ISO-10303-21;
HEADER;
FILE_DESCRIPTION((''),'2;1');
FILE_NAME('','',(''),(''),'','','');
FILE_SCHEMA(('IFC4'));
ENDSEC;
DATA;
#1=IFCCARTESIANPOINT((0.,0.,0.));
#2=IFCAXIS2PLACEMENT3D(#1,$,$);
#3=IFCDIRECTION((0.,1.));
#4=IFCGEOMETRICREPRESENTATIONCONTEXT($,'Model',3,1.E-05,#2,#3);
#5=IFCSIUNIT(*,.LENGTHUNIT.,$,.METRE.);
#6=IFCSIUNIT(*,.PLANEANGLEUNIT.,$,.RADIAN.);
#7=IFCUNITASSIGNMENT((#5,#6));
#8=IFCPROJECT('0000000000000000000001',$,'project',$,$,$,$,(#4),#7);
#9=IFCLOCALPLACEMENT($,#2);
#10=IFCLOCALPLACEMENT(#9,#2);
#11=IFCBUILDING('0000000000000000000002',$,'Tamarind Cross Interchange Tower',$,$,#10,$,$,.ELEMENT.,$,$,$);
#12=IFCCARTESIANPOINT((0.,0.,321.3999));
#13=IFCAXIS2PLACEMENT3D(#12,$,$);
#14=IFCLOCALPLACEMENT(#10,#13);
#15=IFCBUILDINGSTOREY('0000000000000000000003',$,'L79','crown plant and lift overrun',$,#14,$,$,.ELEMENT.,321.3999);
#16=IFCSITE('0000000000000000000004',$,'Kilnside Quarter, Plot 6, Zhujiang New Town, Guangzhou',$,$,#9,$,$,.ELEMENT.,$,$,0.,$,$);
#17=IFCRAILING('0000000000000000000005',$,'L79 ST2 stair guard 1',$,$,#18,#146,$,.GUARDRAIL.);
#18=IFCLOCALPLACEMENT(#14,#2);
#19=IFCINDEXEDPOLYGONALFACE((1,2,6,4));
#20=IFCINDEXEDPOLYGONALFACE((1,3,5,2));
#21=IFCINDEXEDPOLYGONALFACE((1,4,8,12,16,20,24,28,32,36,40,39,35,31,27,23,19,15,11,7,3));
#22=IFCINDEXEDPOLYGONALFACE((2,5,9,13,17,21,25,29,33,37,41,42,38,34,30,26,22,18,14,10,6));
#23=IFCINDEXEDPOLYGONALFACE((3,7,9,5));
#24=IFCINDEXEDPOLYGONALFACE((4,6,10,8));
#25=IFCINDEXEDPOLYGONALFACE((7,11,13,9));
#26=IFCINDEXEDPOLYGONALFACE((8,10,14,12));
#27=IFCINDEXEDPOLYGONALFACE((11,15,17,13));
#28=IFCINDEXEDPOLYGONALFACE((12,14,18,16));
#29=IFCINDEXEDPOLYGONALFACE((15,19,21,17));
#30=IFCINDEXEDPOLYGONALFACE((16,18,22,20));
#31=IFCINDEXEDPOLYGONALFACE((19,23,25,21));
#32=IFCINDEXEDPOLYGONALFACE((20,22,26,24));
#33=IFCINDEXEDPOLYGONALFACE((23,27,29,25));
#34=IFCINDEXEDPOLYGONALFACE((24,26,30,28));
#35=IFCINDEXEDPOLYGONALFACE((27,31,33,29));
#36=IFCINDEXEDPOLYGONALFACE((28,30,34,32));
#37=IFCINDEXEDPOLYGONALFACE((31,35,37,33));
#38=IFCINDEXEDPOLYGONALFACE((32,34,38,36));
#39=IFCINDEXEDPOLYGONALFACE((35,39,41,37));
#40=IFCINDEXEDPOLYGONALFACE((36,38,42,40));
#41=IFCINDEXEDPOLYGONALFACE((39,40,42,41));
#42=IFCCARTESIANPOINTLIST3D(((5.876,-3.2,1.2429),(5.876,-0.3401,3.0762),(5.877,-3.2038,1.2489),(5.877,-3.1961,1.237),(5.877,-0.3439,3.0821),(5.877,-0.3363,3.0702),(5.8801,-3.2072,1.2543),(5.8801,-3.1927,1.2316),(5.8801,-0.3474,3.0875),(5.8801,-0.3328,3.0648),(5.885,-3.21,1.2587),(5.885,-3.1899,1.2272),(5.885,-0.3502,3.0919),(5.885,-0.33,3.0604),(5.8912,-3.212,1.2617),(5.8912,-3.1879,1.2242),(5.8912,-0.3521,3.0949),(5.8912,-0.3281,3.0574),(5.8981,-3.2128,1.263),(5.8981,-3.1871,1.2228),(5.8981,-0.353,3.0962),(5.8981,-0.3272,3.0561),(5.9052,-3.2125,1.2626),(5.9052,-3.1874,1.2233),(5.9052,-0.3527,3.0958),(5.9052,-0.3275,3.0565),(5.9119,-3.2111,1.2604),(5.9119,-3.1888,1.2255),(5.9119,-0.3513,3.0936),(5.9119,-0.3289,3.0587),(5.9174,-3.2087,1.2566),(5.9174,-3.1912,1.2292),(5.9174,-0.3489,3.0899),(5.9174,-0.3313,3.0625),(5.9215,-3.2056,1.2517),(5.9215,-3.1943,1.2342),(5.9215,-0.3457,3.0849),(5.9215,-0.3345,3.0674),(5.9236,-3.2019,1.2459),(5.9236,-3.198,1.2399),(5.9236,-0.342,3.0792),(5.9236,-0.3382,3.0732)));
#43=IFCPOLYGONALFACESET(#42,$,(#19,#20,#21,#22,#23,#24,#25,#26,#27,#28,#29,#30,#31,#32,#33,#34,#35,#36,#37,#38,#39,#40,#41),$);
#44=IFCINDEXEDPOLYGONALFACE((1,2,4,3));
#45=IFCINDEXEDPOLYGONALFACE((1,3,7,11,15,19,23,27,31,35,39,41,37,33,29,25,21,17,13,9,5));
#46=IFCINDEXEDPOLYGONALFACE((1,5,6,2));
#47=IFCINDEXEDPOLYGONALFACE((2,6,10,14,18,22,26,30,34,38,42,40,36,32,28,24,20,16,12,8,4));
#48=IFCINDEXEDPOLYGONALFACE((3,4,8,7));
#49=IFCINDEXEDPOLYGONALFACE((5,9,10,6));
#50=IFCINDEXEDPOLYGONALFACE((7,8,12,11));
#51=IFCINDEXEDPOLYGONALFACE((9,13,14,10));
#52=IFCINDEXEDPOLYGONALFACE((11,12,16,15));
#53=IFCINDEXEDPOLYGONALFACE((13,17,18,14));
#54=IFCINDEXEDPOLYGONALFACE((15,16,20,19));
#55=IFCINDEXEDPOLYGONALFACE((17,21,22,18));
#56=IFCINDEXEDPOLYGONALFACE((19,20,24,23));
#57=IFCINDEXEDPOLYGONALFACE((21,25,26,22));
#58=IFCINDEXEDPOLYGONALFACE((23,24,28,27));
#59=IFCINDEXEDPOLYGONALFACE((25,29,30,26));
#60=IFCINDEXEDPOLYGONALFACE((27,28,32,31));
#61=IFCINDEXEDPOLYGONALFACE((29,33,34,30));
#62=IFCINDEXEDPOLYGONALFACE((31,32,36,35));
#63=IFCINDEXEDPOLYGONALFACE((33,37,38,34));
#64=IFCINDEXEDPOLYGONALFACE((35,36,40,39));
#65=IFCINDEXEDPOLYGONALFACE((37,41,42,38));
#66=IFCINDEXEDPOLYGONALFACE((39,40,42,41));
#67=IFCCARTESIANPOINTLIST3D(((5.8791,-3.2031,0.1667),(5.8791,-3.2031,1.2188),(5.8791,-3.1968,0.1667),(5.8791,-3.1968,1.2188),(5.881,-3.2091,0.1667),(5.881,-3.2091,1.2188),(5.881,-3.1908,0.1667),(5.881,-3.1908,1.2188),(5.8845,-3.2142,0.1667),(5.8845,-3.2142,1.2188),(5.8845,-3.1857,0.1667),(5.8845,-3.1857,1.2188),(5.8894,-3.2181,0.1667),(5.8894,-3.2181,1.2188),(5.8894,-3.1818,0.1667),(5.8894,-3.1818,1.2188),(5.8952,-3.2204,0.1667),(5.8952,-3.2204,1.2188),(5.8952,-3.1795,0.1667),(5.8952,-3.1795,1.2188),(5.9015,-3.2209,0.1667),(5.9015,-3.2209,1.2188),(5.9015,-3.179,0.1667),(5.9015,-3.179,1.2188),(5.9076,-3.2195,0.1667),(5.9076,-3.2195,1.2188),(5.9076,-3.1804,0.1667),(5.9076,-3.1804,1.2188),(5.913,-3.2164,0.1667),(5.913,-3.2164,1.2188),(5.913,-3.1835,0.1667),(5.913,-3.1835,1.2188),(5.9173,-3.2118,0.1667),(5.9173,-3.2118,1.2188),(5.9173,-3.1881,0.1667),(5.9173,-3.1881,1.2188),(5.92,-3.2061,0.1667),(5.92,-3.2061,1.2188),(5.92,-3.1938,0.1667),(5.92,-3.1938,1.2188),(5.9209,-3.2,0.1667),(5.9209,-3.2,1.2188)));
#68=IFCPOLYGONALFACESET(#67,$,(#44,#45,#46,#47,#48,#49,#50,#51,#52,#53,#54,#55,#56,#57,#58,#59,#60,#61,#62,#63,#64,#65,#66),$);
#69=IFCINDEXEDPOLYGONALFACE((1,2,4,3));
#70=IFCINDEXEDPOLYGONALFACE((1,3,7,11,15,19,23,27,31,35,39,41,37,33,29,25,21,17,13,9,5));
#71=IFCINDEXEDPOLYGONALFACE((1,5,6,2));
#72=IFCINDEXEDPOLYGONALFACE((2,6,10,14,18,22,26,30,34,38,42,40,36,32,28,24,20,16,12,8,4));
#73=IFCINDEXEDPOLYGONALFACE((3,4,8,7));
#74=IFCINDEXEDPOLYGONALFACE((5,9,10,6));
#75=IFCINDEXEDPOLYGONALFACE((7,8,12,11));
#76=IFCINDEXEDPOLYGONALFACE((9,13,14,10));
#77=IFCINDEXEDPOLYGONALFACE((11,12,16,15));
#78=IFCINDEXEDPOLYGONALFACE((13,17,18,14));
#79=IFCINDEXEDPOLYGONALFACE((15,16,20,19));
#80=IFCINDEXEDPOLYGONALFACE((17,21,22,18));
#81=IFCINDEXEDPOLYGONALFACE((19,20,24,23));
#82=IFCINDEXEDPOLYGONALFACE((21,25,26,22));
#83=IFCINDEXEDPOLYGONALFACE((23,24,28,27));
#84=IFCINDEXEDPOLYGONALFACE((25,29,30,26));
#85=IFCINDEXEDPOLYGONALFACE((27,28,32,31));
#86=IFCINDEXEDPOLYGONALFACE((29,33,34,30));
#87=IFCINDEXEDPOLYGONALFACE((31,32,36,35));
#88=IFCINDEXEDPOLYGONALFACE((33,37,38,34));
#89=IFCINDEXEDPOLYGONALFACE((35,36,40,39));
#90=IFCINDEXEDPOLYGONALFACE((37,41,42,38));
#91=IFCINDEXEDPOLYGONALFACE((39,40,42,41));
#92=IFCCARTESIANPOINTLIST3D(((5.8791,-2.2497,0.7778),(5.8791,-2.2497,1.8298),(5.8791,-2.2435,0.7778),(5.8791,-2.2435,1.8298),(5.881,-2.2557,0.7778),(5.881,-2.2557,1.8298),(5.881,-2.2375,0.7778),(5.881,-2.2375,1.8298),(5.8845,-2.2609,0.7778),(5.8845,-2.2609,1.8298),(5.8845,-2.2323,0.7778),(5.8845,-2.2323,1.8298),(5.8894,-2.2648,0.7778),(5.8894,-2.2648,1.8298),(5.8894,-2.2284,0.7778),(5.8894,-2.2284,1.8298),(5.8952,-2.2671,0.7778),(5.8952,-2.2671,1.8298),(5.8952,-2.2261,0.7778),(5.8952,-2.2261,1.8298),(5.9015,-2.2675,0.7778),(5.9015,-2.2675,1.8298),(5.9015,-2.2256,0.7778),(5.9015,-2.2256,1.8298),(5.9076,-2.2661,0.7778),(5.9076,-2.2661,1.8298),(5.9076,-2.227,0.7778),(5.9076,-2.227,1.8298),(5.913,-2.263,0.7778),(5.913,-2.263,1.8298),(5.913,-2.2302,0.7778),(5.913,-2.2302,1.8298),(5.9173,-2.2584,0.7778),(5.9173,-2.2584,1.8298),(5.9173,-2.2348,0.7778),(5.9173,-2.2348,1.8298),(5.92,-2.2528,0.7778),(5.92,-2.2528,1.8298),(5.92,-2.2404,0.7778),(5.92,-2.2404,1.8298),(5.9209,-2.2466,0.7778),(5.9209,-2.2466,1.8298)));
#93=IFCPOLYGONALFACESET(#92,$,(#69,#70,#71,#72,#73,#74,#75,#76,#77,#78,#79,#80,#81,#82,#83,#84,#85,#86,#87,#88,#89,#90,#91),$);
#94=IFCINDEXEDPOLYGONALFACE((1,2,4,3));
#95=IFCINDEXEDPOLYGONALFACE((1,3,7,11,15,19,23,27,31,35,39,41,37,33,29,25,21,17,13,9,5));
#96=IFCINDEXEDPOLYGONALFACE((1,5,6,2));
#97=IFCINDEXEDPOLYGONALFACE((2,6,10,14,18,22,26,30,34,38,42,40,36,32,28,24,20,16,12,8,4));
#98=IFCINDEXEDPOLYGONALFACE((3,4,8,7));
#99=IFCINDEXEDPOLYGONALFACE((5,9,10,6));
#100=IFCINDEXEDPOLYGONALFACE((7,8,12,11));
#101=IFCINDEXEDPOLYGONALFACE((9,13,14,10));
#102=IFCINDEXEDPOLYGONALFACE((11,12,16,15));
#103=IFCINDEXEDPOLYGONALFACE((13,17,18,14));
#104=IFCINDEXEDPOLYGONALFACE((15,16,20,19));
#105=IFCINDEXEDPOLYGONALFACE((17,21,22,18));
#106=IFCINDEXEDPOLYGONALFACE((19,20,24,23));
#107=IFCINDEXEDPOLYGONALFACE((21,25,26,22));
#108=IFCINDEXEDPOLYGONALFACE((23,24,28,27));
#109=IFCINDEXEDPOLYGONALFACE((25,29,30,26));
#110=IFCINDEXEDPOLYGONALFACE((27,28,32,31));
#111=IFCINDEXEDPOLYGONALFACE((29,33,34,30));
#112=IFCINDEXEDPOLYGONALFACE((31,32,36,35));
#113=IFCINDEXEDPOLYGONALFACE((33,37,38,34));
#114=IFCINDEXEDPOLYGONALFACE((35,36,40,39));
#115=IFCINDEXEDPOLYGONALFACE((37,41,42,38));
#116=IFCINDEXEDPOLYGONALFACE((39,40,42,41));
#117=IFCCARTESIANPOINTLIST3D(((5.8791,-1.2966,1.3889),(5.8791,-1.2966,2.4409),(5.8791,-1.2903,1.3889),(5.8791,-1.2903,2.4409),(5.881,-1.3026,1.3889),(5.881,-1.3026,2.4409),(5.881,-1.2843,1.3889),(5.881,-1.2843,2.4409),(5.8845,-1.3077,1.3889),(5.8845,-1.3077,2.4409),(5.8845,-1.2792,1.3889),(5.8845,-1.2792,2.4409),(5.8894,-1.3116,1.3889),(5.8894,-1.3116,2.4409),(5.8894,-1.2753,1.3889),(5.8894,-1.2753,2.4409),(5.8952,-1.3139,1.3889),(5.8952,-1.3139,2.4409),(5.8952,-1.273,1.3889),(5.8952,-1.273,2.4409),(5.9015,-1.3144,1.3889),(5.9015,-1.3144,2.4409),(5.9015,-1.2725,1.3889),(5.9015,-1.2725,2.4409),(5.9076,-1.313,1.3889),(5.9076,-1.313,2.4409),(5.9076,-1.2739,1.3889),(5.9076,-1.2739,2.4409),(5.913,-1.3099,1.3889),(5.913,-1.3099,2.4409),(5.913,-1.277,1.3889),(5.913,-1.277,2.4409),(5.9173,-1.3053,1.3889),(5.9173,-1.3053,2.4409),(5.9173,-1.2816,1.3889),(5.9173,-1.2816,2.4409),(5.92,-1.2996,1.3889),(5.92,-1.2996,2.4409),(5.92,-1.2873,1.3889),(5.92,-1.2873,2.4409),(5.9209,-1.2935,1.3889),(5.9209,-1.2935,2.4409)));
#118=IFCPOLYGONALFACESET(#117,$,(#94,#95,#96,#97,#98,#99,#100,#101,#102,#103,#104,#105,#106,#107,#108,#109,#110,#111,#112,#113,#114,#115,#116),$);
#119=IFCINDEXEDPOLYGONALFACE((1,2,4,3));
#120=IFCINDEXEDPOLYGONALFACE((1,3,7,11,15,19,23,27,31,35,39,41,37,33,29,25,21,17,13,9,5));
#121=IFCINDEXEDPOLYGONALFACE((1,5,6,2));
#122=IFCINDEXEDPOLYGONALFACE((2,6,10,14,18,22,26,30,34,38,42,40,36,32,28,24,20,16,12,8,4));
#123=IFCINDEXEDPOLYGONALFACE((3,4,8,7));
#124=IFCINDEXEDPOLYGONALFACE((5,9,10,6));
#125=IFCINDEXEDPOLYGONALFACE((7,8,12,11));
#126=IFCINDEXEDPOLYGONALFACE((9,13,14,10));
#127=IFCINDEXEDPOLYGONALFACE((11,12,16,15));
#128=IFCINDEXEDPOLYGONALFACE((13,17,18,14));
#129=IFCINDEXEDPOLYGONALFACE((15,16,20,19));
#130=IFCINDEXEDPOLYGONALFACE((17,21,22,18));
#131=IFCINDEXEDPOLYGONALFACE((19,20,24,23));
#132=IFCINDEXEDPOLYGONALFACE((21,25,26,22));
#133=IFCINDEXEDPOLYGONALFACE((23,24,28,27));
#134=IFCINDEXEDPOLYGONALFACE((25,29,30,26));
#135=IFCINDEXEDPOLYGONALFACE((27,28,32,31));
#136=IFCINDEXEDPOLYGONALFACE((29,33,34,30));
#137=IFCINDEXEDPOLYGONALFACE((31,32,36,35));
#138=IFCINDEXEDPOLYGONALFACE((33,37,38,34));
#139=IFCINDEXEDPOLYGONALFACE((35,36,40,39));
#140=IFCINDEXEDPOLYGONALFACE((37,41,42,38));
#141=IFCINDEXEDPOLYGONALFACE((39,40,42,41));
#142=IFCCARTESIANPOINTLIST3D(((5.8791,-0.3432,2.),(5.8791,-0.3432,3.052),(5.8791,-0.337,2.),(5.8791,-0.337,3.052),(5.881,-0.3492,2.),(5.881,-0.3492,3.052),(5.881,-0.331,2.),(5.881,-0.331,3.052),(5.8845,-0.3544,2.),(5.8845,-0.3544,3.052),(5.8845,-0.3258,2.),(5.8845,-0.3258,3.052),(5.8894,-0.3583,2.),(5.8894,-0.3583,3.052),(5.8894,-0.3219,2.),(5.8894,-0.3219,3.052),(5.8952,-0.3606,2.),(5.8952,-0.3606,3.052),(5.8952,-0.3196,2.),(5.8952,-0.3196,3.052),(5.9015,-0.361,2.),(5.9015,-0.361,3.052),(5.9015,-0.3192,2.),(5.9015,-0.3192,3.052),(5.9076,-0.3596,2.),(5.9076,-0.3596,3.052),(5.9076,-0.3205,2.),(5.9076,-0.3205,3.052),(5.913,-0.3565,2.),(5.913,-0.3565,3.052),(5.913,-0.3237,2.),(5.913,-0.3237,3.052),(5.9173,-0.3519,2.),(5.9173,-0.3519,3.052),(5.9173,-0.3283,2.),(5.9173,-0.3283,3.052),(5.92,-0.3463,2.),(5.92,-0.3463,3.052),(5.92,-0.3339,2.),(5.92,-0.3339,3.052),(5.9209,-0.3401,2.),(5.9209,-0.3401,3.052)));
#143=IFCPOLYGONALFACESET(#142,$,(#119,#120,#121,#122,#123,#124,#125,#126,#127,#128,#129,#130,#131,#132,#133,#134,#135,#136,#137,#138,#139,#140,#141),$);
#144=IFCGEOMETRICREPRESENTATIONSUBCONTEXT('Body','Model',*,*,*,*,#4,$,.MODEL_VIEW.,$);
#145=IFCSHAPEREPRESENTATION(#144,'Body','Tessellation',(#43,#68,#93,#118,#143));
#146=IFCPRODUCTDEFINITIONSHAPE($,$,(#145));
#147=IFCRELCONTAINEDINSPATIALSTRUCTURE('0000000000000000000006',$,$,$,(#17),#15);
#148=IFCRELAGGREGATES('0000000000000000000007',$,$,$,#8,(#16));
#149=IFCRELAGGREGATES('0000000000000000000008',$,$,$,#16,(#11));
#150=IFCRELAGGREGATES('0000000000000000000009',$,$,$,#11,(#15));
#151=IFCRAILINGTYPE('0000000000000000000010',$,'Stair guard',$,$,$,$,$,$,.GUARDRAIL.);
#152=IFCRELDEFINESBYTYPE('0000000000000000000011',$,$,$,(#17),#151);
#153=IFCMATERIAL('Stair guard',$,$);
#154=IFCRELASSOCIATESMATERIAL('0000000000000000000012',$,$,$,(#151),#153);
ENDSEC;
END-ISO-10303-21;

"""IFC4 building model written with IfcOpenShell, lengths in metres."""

from ifc_helpers import new_model, si_unit, direction, frame, origin, origin_2d, place, context, subcontext, project, spatial, circle, extrude, material, type_object, element, save


model = new_model("IFC4")

# Units and contexts
model_context = context("Model", 3, precision=1e-05, world=origin(), true_north=direction((0.0, 1.0)))
body_context = subcontext(model_context, "Body", "Model", "MODEL_VIEW")
ifc_project = project(units=[si_unit("LENGTHUNIT", "METRE"), si_unit("PLANEANGLEUNIT", "RADIAN")], contexts=[model_context])

# Site, building, storey
site_placement = place(None, origin())
site = spatial("IfcSite", under=ifc_project, at=site_placement, Name="Kilnside Quarter, Plot 6, Zhujiang New Town, Guangzhou", CompositionType="ELEMENT", RefElevation=0.0)
building_placement = place(site_placement, origin())
building = spatial("IfcBuilding", under=site, at=building_placement, Name="Tamarind Cross Interchange Tower", CompositionType="ELEMENT")
storey_placement = place(building_placement, frame((0.0, 0.0, 321.3999)))
storey = spatial("IfcBuildingStorey", under=building, at=storey_placement, Name="L79", Description="crown plant and lift overrun", CompositionType="ELEMENT", Elevation=321.3999)

# Railing
ifc_material_1 = material(Name="Stair guard")
railing_type_1 = type_object("IfcRailingType", Name="Stair guard", PredefinedType="GUARDRAIL", material=ifc_material_1)
railing_1_placement = place(storey_placement, frame((5.8999, -3.2, 0.1667)))
element("IfcRailing", 1, at=railing_1_placement, inside=storey, type_object=railing_type_1, Name="L79 ST2 stair guard 1", PredefinedType="GUARDRAIL", context=body_context, shape_type="SweptSolid", body=[
    extrude(circle(Radius=0.0239, at=origin_2d()), frame((0.0, 0.0, 1.0762), z_axis=(0.0, 0.841878, 0.539667), x_axis=(-1.0, 0.0, 0.0)), (0.0, 0.0, 1.0), 3.397),
    extrude(circle(Radius=0.021, at=origin_2d()), origin(), (0.0, 0.0, 1.0), 1.052),
    extrude(circle(Radius=0.021, at=origin_2d()), frame((0.0, 0.9534, 0.6111)), (0.0, 0.0, 1.0), 1.052),
    extrude(circle(Radius=0.021, at=origin_2d()), frame((0.0, 1.9065, 1.2222)), (0.0, 0.0, 1.0), 1.052),
    extrude(circle(Radius=0.021, at=origin_2d()), frame((0.0, 2.8599, 1.8333)), (0.0, 0.0, 1.0), 1.052),
])

save(model, "model.ifc")
